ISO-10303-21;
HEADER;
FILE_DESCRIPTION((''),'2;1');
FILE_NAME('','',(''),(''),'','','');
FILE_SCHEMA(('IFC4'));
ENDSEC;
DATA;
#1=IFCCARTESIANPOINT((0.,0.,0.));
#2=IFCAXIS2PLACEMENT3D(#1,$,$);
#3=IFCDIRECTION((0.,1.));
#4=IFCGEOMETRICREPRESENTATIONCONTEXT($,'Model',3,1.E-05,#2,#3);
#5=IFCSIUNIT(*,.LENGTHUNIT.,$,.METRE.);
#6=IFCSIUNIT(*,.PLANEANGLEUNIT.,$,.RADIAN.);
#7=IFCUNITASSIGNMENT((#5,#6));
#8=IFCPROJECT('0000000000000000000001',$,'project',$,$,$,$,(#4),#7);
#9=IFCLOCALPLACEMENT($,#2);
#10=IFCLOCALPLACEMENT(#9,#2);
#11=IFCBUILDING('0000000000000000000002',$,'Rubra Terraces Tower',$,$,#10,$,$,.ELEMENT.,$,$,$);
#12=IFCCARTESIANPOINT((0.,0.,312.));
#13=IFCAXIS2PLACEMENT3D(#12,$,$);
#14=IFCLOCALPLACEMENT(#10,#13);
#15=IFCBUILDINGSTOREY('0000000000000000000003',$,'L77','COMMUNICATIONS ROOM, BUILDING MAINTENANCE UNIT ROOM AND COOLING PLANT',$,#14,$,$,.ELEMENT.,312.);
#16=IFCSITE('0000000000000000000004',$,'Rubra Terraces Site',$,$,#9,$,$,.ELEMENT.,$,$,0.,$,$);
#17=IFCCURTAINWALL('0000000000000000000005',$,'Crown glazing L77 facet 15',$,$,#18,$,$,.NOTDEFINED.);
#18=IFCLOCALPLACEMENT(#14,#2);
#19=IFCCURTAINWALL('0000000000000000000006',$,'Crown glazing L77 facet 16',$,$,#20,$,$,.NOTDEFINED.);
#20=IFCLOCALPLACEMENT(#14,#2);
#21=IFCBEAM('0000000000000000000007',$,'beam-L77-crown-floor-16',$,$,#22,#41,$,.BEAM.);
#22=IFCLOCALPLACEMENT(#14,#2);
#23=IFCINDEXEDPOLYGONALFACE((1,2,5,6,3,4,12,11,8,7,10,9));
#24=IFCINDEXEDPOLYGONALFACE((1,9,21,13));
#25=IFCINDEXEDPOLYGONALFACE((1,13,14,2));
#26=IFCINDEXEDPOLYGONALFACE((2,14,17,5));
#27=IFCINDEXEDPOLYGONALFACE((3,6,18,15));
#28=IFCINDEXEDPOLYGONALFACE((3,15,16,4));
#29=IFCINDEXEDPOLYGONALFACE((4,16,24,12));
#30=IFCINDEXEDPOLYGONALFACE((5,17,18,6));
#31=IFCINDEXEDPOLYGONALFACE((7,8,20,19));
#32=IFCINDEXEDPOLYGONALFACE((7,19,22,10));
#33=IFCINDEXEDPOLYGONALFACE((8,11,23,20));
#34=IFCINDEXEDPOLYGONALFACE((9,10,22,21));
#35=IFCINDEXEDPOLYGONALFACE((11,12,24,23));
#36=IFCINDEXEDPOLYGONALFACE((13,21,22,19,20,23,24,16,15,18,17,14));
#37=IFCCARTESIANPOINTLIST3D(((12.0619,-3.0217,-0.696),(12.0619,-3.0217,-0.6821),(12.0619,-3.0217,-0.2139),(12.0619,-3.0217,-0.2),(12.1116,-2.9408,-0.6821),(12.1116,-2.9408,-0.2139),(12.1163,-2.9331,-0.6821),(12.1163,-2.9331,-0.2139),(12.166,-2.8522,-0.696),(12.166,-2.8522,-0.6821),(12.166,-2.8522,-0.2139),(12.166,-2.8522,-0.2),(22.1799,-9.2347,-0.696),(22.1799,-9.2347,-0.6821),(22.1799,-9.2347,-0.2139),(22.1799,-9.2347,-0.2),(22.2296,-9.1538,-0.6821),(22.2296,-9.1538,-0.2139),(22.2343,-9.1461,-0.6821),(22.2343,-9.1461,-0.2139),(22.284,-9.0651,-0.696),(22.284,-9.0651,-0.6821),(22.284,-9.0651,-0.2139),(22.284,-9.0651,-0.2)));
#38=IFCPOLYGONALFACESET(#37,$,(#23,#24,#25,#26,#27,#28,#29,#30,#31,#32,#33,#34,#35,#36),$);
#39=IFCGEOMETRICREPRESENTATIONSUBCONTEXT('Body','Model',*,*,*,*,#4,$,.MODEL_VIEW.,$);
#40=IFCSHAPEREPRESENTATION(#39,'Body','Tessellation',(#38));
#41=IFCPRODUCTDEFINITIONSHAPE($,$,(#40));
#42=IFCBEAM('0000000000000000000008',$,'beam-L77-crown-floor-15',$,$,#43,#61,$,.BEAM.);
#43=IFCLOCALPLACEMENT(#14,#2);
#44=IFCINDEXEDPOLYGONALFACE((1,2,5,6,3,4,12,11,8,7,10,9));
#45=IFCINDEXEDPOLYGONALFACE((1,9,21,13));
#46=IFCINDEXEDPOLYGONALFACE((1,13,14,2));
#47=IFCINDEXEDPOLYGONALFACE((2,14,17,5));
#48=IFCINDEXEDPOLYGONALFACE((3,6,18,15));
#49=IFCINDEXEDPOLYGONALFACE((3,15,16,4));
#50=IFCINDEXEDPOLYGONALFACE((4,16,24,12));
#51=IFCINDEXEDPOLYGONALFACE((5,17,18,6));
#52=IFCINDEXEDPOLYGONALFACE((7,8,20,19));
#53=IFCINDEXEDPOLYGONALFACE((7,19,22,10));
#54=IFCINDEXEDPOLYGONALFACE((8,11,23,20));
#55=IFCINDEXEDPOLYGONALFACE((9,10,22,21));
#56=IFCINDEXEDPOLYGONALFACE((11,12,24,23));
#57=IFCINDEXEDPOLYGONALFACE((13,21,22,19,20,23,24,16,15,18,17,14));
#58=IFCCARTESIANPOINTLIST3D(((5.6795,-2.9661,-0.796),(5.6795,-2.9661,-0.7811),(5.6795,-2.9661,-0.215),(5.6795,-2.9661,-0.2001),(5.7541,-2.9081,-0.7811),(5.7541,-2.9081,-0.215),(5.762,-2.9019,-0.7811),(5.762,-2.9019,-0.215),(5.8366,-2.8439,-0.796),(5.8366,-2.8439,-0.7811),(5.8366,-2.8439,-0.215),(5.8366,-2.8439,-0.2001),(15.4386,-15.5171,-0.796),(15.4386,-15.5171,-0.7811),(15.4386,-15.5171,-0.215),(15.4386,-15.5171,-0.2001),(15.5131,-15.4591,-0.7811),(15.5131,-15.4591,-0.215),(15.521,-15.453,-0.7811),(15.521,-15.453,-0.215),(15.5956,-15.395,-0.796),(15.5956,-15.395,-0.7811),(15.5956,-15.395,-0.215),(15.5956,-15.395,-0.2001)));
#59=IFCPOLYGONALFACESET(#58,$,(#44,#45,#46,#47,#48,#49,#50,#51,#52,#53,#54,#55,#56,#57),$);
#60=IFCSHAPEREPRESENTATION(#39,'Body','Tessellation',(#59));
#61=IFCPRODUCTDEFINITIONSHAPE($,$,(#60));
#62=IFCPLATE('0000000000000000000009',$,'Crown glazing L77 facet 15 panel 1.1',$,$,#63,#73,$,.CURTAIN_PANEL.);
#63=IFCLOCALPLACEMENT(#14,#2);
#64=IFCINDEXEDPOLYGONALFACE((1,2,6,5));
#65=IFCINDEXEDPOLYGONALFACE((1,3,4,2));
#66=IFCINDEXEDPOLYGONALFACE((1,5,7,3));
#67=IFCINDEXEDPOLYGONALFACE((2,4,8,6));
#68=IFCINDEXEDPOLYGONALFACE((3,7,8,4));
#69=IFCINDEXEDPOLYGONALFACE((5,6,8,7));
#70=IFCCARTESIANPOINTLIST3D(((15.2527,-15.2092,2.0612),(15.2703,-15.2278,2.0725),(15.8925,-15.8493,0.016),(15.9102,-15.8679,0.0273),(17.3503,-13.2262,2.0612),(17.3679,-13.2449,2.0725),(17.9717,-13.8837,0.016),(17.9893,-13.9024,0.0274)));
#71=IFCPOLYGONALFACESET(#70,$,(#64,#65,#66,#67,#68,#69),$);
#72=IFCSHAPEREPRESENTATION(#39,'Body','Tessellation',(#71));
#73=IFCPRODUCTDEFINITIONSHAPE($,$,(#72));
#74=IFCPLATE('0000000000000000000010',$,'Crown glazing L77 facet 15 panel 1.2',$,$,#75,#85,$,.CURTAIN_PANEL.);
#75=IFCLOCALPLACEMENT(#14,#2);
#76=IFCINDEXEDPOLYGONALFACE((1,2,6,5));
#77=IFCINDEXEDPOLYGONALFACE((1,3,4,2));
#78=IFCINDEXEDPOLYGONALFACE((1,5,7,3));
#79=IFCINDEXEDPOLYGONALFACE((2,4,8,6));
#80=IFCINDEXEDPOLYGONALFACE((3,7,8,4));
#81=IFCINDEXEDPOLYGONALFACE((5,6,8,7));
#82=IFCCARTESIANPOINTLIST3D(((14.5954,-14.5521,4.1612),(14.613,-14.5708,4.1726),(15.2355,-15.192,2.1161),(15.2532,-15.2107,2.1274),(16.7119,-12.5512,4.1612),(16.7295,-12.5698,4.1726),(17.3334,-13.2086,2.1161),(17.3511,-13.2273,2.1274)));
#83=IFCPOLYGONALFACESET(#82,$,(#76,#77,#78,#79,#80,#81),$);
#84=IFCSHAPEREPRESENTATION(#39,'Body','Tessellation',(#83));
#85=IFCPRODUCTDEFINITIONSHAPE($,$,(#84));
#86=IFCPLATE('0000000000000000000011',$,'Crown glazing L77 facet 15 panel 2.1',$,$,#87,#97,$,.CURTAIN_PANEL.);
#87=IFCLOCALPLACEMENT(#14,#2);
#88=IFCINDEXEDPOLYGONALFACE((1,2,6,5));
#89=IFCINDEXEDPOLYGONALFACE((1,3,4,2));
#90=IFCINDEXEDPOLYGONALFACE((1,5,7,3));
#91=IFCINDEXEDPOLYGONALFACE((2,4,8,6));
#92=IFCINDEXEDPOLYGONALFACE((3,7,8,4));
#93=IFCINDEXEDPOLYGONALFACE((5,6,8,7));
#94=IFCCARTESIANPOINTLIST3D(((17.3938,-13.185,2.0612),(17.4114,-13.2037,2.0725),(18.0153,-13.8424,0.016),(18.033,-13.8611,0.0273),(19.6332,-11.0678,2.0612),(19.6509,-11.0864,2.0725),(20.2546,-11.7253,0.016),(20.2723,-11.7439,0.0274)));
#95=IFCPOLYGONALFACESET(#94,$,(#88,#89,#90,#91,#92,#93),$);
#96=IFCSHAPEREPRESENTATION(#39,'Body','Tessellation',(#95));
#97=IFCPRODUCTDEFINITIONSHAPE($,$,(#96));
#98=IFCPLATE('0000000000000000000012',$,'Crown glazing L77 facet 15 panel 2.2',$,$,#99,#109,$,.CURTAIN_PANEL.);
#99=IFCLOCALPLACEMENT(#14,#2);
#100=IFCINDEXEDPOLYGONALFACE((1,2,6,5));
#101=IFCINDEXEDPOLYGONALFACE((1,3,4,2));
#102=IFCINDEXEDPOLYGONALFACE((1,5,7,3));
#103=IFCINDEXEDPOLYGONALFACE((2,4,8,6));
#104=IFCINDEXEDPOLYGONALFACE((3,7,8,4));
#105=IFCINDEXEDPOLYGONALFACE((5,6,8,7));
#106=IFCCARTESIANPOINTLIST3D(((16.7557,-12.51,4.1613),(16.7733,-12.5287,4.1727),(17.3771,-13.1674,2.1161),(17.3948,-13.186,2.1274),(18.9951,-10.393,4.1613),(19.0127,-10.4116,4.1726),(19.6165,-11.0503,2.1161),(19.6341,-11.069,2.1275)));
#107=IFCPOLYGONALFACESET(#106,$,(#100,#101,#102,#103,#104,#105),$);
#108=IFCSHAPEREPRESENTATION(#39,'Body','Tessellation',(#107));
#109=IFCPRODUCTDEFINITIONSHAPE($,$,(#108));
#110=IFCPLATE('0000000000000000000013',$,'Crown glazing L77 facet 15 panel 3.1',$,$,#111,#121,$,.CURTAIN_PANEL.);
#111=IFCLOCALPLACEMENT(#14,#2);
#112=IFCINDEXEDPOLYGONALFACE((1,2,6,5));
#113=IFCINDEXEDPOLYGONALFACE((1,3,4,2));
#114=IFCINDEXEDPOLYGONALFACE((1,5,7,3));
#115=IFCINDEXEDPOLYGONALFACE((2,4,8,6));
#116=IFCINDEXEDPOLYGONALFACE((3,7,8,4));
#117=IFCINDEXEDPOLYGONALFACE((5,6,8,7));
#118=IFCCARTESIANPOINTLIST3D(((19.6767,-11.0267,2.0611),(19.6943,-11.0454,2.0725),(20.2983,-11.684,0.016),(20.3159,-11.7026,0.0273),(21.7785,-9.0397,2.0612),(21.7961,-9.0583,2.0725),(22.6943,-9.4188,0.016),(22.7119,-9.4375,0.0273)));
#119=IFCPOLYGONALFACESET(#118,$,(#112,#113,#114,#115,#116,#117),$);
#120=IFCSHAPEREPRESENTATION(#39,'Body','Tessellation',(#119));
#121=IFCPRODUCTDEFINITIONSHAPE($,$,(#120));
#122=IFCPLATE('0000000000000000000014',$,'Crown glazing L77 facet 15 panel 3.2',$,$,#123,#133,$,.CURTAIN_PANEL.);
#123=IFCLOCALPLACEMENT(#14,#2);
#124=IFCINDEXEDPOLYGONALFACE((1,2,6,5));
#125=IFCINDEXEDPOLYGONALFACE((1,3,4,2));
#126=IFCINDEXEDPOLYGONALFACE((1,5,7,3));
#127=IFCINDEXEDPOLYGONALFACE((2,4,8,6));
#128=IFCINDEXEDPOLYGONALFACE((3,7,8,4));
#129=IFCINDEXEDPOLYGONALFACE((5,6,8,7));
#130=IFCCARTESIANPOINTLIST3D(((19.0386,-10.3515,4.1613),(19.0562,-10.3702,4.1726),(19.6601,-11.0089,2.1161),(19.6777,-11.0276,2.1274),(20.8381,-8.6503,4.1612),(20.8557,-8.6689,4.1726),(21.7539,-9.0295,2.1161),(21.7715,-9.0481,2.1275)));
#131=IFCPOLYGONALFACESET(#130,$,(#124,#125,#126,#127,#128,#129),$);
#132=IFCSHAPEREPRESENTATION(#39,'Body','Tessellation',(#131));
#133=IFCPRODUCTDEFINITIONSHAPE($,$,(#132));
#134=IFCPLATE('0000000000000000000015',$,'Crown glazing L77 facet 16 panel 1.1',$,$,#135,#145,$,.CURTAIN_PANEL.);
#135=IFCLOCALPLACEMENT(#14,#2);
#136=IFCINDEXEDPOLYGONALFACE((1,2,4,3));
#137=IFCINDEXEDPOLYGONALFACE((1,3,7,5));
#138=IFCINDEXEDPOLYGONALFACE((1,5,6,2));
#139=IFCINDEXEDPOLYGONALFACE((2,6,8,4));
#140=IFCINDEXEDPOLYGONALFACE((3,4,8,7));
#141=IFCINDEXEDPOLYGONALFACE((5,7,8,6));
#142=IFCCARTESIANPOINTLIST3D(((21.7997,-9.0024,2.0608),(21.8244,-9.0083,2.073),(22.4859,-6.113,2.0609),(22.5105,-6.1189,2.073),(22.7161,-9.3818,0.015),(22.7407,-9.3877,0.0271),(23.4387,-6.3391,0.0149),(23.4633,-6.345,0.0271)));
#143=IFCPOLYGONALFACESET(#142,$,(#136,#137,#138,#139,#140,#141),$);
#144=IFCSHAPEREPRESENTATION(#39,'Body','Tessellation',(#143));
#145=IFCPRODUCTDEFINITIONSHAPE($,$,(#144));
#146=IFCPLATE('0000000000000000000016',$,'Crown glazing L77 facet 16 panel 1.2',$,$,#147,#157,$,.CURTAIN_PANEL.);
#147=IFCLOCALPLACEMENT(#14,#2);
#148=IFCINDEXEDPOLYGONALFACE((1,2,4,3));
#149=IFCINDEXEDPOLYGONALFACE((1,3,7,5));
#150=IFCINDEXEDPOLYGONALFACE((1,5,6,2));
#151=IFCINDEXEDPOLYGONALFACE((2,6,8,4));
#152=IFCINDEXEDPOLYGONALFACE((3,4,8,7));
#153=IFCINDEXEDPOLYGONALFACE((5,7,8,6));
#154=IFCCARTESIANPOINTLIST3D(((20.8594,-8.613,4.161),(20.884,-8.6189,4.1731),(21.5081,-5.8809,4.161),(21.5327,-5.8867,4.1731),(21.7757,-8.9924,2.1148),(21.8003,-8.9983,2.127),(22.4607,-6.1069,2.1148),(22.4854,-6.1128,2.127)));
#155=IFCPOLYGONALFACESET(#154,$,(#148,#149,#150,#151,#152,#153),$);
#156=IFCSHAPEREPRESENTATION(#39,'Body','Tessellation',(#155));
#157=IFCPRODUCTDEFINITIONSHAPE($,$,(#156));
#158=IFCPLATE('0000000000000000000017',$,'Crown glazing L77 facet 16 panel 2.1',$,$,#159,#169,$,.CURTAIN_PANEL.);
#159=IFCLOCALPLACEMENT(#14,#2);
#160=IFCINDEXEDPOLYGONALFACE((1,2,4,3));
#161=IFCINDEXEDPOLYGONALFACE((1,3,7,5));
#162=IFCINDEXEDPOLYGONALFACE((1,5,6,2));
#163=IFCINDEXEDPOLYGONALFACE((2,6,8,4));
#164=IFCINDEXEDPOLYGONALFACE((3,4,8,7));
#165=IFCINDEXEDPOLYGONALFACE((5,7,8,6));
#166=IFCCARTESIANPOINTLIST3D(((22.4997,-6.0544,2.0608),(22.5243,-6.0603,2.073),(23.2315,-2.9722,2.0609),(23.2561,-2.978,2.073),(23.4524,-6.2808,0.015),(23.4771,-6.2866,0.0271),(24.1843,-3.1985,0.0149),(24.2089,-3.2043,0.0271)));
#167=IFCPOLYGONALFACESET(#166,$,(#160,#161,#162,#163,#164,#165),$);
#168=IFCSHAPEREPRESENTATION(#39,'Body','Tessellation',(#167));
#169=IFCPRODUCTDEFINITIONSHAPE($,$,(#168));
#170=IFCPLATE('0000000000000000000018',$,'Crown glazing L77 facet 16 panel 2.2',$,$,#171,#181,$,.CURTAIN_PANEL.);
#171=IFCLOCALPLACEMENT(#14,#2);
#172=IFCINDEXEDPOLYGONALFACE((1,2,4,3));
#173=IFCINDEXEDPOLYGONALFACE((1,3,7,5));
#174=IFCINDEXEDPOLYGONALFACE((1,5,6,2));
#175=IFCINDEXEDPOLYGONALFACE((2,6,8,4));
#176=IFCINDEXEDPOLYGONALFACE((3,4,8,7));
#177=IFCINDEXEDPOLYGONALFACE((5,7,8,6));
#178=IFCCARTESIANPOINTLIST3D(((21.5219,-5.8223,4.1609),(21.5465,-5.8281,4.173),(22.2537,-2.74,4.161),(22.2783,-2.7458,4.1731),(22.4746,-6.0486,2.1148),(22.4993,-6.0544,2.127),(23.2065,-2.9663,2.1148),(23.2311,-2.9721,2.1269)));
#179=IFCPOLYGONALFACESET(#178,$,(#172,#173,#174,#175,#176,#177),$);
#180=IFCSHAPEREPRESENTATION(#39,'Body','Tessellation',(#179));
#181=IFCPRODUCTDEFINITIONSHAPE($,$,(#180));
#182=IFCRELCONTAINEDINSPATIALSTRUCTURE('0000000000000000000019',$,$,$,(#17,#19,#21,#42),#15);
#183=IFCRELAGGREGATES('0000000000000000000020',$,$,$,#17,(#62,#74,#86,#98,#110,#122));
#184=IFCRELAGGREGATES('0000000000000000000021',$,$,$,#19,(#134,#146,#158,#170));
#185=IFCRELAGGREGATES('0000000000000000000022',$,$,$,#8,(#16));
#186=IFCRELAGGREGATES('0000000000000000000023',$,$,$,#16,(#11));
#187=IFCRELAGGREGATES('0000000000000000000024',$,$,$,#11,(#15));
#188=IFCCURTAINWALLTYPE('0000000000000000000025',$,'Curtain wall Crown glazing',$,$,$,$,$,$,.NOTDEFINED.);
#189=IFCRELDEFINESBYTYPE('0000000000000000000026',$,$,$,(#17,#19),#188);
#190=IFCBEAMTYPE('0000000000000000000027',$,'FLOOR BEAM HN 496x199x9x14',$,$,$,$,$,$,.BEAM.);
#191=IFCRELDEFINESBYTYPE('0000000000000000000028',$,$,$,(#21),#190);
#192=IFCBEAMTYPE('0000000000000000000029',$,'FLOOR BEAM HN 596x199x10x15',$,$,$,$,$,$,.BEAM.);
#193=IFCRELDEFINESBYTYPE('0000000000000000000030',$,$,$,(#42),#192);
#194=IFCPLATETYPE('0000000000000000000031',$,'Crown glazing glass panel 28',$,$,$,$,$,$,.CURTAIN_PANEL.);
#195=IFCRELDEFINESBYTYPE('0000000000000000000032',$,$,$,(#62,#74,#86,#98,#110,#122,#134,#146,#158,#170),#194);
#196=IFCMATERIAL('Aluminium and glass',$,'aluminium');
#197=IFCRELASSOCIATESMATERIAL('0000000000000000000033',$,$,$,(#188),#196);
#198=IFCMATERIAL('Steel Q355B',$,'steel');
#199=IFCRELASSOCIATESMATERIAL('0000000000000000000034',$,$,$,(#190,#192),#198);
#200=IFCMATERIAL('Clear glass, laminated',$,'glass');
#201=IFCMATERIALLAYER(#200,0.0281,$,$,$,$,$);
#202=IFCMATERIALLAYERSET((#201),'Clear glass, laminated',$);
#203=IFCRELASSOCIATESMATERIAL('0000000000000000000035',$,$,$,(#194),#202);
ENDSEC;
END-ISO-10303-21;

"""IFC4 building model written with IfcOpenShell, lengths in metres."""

from ifc_helpers import new_model, si_unit, direction, frame, origin, origin_2d, place, context, subcontext, project, spatial, polyline, i_section, outline, extrude, material, layer, layer_set, material_profile, profile_set, type_object, element, aggregate, save


model = new_model("IFC4")

# Units and contexts
model_context = context("Model", 3, precision=1e-05, world=origin(), true_north=direction((0.0, 1.0)))
body_context = subcontext(model_context, "Body", "Model", "MODEL_VIEW")
ifc_project = project(units=[si_unit("LENGTHUNIT", "METRE"), si_unit("PLANEANGLEUNIT", "RADIAN")], contexts=[model_context])

# Site, building, storey
site_placement = place(None, origin())
site = spatial("IfcSite", under=ifc_project, at=site_placement, Name="Rubra Terraces Site", CompositionType="ELEMENT", RefElevation=0.0)
building_placement = place(site_placement, origin())
building = spatial("IfcBuilding", under=site, at=building_placement, Name="Rubra Terraces Tower", CompositionType="ELEMENT")
storey_placement = place(building_placement, frame((0.0, 0.0, 312.0)))
storey = spatial("IfcBuildingStorey", under=building, at=storey_placement, Name="L77", Description="COMMUNICATIONS ROOM, BUILDING MAINTENANCE UNIT ROOM AND COOLING PLANT", CompositionType="ELEMENT", Elevation=312.0)

# Shared definitions
ifc_material_1 = material(Name="Steel Q355B", Category="steel")

# Curtain walls
ifc_material_2 = material(Name="Aluminium and glass", Category="aluminium")
curtain_wall_type = type_object("IfcCurtainWallType", Name="Curtain wall Crown glazing", PredefinedType="NOTDEFINED", material=ifc_material_2)
curtain_wall_1_placement = place(storey_placement, origin())
curtain_wall_1 = element("IfcCurtainWall", 1, at=curtain_wall_1_placement, inside=storey, type_object=curtain_wall_type, Name="Crown glazing L77 facet 15", PredefinedType="NOTDEFINED")
curtain_wall_2_placement = place(storey_placement, origin())
curtain_wall_2 = element("IfcCurtainWall", 2, at=curtain_wall_2_placement, inside=storey, type_object=curtain_wall_type, Name="Crown glazing L77 facet 16", PredefinedType="NOTDEFINED")

# Beams
ifc_material_profile_1 = material_profile(ifc_material_1, i_section(OverallWidth=0.199, OverallDepth=0.4961, WebThickness=0.009, FlangeThickness=0.0139, at=origin_2d()), Name="HN 496x199x9x14")
ifc_profile_set_1 = profile_set([ifc_material_profile_1], Name="Steel Q355B")
beam_type_1 = type_object("IfcBeamType", Name="FLOOR BEAM HN 496x199x9x14", PredefinedType="BEAM", material=ifc_profile_set_1)
beam_1_placement = place(storey_placement, frame((22.2319, -9.1499, -0.448), z_axis=(-0.852166, 0.523271, 0.0), x_axis=(-0.523271, -0.852166, 0.0)))
element("IfcBeam", 3, at=beam_1_placement, inside=storey, type_object=beam_type_1, Name="beam-L77-crown-floor-16", PredefinedType="BEAM", context=body_context, shape_type="SweptSolid", body=[
    extrude(i_section(OverallWidth=0.199, OverallDepth=0.4961, WebThickness=0.009, FlangeThickness=0.0139, at=origin_2d()), origin(), (0.0, 0.0, 1.0), 11.8733),
])
ifc_material_profile_2 = material_profile(ifc_material_1, i_section(OverallWidth=0.199, OverallDepth=0.5959, WebThickness=0.01, FlangeThickness=0.0149, at=origin_2d()), Name="HN 596x199x10x15")
ifc_profile_set_2 = profile_set([ifc_material_profile_2], Name="Steel Q355B")
beam_type_2 = type_object("IfcBeamType", Name="FLOOR BEAM HN 596x199x10x15", PredefinedType="BEAM", material=ifc_profile_set_2)
beam_2_placement = place(storey_placement, frame((15.5171, -15.4561, -0.498), z_axis=(-0.613828, 0.78944, 0.0), x_axis=(-0.78944, -0.613828, 0.0)))
element("IfcBeam", 4, at=beam_2_placement, inside=storey, type_object=beam_type_2, Name="beam-L77-crown-floor-15", PredefinedType="BEAM", context=body_context, shape_type="SweptSolid", body=[
    extrude(i_section(OverallWidth=0.199, OverallDepth=0.5959, WebThickness=0.01, FlangeThickness=0.0149, at=origin_2d()), origin(), (0.0, 0.0, 1.0), 15.8987),
])

# Plates
ifc_material_3 = material(Name="Clear glass, laminated", Category="glass")
ifc_layer_1 = layer(ifc_material_3, 0.0281)
ifc_layer_set_1 = layer_set([ifc_layer_1], Name="Clear glass, laminated")
plate_type = type_object("IfcPlateType", Name="Crown glazing glass panel 28", PredefinedType="CURTAIN_PANEL", material=ifc_layer_set_1)
plate_1_placement = place(storey_placement, frame((15.9102, -15.8679, 0.0273), z_axis=(0.628247, -0.664568, 0.404542), x_axis=(0.726683, 0.686973, 0.00001)))
plate_1 = element("IfcPlate", 5, at=plate_1_placement, type_object=plate_type, Name="Crown glazing L77 facet 15 panel 1.1", PredefinedType="CURTAIN_PANEL", context=body_context, shape_type="SweptSolid", body=[
    extrude(outline(polyline([(0.0, 0.0), (2.8611, 0.0), (2.8613, 2.2363), (-0.0252, 2.2364), (0.0, 0.0)])), origin(), (0.0, 0.0, -1.0), 0.0281),
])
plate_2_placement = place(storey_placement, frame((15.2532, -15.2107, 2.1274), z_axis=(0.628267, -0.664531, 0.404572), x_axis=(0.726656, 0.687001, -0.000002)))
plate_2 = element("IfcPlate", 6, at=plate_2_placement, type_object=plate_type, Name="Crown glazing L77 facet 15 panel 1.2", PredefinedType="CURTAIN_PANEL", context=body_context, shape_type="SweptSolid", body=[
    extrude(outline(polyline([(0.0, 0.0), (2.887, 0.0), (2.8871, 2.2364), (-0.0256, 2.2364), (0.0, 0.0)])), origin(), (0.0, 0.0, -1.0), 0.0281),
])
plate_3_placement = place(storey_placement, frame((18.033, -13.8611, 0.0273), z_axis=(0.628277, -0.664538, 0.404546), x_axis=(0.726651, 0.687007, 0.00001)))
plate_3 = element("IfcPlate", 7, at=plate_3_placement, type_object=plate_type, Name="Crown glazing L77 facet 15 panel 2.1", PredefinedType="CURTAIN_PANEL", context=body_context, shape_type="SweptSolid", body=[
    extrude(outline(polyline([(0.0, 0.0), (3.0817, 0.0), (3.0819, 2.2363), (0.0, 2.2364), (0.0, 0.0)])), origin(), (0.0, 0.0, -1.0), 0.0281),
])
plate_4_placement = place(storey_placement, frame((17.3948, -13.186, 2.1274), z_axis=(0.628268, -0.664567, 0.404513), x_axis=(0.726667, 0.68699, 0.000021)))
plate_4 = element("IfcPlate", 8, at=plate_4_placement, type_object=plate_type, Name="Crown glazing L77 facet 15 panel 2.2", PredefinedType="CURTAIN_PANEL", context=body_context, shape_type="SweptSolid", body=[
    extrude(outline(polyline([(0.0, 0.0), (3.0817, 0.0), (3.0817, 2.2362), (0.0, 2.2364), (0.0, 0.0)])), origin(), (0.0, 0.0, -1.0), 0.0281),
])
plate_5_placement = place(storey_placement, frame((20.3159, -11.7026, 0.0273), z_axis=(0.628272, -0.66456, 0.404517), x_axis=(0.726669, 0.686988, -0.000002)))
plate_5 = element("IfcPlate", 9, at=plate_5_placement, type_object=plate_type, Name="Crown glazing L77 facet 15 panel 3.1", PredefinedType="CURTAIN_PANEL", context=body_context, shape_type="SweptSolid", body=[
    extrude(outline(polyline([(0.0, 0.0), (3.2972, 0.0), (2.8922, 2.2363), (-0.0002, 2.2363), (0.0, 0.0)])), origin(), (0.0, 0.0, -1.0), 0.0281),
])
plate_6_placement = place(storey_placement, frame((19.6777, -11.0276, 2.1274), z_axis=(0.628257, -0.664554, 0.40455), x_axis=(0.72667, 0.686986, 0.000009)))
plate_6 = element("IfcPlate", 10, at=plate_6_placement, type_object=plate_type, Name="Crown glazing L77 facet 15 panel 3.2", PredefinedType="CURTAIN_PANEL", context=body_context, shape_type="SweptSolid", body=[
    extrude(outline(polyline([(0.0, 0.0), (2.8814, 0.0), (2.4764, 2.2363), (0.0, 2.2364), (0.0, 0.0)])), origin(), (0.0, 0.0, -1.0), 0.0281),
])
aggregate(curtain_wall_1, [plate_1, plate_2, plate_3, plate_4, plate_5, plate_6])
plate_7_placement = place(storey_placement, frame((22.7407, -9.3877, 0.0271), z_axis=(0.877599, -0.208402, 0.431727), x_axis=(0.231049, 0.972942, -0.000013)))
plate_7 = element("IfcPlate", 11, at=plate_7_placement, type_object=plate_type, Name="Crown glazing L77 facet 16 panel 1.1", PredefinedType="CURTAIN_PANEL", context=body_context, shape_type="SweptSolid", body=[
    extrude(outline(polyline([(0.0, 0.0), (3.1274, 0.0), (3.1271, 2.2682), (0.1574, 2.2681), (0.0, 0.0)])), origin(), (0.0, 0.0, -1.0), 0.0281),
])
plate_8_placement = place(storey_placement, frame((21.8003, -8.9983, 2.127), z_axis=(0.877649, -0.20837, 0.431641), x_axis=(0.230997, 0.972955, 0.000002)))
plate_8 = element("IfcPlate", 12, at=plate_8_placement, type_object=plate_type, Name="Crown glazing L77 facet 16 panel 1.2", PredefinedType="CURTAIN_PANEL", context=body_context, shape_type="SweptSolid", body=[
    extrude(outline(polyline([(0.0, 0.0), (2.9657, 0.0), (2.9656, 2.2683), (0.1575, 2.2683), (0.0, 0.0)])), origin(), (0.0, 0.0, -1.0), 0.0281),
])
plate_9_placement = place(storey_placement, frame((23.4771, -6.2866, 0.0271), z_axis=(0.877601, -0.208365, 0.431741), x_axis=(0.231011, 0.972951, -0.000015)))
plate_9 = element("IfcPlate", 13, at=plate_9_placement, type_object=plate_type, Name="Crown glazing L77 facet 16 panel 2.1", PredefinedType="CURTAIN_PANEL", context=body_context, shape_type="SweptSolid", body=[
    extrude(outline(polyline([(0.0, 0.0), (3.168, 0.0), (3.168, 2.2682), (0.0001, 2.2681), (0.0, 0.0)])), origin(), (0.0, 0.0, -1.0), 0.0281),
])
plate_10_placement = place(storey_placement, frame((22.4993, -6.0544, 2.127), z_axis=(0.87762, -0.20837, 0.431699), x_axis=(0.231011, 0.972951, -0.000015)))
plate_10 = element("IfcPlate", 14, at=plate_10_placement, type_object=plate_type, Name="Crown glazing L77 facet 16 panel 2.2", PredefinedType="CURTAIN_PANEL", context=body_context, shape_type="SweptSolid", body=[
    extrude(outline(polyline([(0.0, 0.0), (3.168, 0.0), (3.168, 2.2685), (0.0001, 2.2684), (0.0, 0.0)])), origin(), (0.0, 0.0, -1.0), 0.0281),
])
aggregate(curtain_wall_2, [plate_7, plate_8, plate_9, plate_10])

save(model, "model.ifc")
